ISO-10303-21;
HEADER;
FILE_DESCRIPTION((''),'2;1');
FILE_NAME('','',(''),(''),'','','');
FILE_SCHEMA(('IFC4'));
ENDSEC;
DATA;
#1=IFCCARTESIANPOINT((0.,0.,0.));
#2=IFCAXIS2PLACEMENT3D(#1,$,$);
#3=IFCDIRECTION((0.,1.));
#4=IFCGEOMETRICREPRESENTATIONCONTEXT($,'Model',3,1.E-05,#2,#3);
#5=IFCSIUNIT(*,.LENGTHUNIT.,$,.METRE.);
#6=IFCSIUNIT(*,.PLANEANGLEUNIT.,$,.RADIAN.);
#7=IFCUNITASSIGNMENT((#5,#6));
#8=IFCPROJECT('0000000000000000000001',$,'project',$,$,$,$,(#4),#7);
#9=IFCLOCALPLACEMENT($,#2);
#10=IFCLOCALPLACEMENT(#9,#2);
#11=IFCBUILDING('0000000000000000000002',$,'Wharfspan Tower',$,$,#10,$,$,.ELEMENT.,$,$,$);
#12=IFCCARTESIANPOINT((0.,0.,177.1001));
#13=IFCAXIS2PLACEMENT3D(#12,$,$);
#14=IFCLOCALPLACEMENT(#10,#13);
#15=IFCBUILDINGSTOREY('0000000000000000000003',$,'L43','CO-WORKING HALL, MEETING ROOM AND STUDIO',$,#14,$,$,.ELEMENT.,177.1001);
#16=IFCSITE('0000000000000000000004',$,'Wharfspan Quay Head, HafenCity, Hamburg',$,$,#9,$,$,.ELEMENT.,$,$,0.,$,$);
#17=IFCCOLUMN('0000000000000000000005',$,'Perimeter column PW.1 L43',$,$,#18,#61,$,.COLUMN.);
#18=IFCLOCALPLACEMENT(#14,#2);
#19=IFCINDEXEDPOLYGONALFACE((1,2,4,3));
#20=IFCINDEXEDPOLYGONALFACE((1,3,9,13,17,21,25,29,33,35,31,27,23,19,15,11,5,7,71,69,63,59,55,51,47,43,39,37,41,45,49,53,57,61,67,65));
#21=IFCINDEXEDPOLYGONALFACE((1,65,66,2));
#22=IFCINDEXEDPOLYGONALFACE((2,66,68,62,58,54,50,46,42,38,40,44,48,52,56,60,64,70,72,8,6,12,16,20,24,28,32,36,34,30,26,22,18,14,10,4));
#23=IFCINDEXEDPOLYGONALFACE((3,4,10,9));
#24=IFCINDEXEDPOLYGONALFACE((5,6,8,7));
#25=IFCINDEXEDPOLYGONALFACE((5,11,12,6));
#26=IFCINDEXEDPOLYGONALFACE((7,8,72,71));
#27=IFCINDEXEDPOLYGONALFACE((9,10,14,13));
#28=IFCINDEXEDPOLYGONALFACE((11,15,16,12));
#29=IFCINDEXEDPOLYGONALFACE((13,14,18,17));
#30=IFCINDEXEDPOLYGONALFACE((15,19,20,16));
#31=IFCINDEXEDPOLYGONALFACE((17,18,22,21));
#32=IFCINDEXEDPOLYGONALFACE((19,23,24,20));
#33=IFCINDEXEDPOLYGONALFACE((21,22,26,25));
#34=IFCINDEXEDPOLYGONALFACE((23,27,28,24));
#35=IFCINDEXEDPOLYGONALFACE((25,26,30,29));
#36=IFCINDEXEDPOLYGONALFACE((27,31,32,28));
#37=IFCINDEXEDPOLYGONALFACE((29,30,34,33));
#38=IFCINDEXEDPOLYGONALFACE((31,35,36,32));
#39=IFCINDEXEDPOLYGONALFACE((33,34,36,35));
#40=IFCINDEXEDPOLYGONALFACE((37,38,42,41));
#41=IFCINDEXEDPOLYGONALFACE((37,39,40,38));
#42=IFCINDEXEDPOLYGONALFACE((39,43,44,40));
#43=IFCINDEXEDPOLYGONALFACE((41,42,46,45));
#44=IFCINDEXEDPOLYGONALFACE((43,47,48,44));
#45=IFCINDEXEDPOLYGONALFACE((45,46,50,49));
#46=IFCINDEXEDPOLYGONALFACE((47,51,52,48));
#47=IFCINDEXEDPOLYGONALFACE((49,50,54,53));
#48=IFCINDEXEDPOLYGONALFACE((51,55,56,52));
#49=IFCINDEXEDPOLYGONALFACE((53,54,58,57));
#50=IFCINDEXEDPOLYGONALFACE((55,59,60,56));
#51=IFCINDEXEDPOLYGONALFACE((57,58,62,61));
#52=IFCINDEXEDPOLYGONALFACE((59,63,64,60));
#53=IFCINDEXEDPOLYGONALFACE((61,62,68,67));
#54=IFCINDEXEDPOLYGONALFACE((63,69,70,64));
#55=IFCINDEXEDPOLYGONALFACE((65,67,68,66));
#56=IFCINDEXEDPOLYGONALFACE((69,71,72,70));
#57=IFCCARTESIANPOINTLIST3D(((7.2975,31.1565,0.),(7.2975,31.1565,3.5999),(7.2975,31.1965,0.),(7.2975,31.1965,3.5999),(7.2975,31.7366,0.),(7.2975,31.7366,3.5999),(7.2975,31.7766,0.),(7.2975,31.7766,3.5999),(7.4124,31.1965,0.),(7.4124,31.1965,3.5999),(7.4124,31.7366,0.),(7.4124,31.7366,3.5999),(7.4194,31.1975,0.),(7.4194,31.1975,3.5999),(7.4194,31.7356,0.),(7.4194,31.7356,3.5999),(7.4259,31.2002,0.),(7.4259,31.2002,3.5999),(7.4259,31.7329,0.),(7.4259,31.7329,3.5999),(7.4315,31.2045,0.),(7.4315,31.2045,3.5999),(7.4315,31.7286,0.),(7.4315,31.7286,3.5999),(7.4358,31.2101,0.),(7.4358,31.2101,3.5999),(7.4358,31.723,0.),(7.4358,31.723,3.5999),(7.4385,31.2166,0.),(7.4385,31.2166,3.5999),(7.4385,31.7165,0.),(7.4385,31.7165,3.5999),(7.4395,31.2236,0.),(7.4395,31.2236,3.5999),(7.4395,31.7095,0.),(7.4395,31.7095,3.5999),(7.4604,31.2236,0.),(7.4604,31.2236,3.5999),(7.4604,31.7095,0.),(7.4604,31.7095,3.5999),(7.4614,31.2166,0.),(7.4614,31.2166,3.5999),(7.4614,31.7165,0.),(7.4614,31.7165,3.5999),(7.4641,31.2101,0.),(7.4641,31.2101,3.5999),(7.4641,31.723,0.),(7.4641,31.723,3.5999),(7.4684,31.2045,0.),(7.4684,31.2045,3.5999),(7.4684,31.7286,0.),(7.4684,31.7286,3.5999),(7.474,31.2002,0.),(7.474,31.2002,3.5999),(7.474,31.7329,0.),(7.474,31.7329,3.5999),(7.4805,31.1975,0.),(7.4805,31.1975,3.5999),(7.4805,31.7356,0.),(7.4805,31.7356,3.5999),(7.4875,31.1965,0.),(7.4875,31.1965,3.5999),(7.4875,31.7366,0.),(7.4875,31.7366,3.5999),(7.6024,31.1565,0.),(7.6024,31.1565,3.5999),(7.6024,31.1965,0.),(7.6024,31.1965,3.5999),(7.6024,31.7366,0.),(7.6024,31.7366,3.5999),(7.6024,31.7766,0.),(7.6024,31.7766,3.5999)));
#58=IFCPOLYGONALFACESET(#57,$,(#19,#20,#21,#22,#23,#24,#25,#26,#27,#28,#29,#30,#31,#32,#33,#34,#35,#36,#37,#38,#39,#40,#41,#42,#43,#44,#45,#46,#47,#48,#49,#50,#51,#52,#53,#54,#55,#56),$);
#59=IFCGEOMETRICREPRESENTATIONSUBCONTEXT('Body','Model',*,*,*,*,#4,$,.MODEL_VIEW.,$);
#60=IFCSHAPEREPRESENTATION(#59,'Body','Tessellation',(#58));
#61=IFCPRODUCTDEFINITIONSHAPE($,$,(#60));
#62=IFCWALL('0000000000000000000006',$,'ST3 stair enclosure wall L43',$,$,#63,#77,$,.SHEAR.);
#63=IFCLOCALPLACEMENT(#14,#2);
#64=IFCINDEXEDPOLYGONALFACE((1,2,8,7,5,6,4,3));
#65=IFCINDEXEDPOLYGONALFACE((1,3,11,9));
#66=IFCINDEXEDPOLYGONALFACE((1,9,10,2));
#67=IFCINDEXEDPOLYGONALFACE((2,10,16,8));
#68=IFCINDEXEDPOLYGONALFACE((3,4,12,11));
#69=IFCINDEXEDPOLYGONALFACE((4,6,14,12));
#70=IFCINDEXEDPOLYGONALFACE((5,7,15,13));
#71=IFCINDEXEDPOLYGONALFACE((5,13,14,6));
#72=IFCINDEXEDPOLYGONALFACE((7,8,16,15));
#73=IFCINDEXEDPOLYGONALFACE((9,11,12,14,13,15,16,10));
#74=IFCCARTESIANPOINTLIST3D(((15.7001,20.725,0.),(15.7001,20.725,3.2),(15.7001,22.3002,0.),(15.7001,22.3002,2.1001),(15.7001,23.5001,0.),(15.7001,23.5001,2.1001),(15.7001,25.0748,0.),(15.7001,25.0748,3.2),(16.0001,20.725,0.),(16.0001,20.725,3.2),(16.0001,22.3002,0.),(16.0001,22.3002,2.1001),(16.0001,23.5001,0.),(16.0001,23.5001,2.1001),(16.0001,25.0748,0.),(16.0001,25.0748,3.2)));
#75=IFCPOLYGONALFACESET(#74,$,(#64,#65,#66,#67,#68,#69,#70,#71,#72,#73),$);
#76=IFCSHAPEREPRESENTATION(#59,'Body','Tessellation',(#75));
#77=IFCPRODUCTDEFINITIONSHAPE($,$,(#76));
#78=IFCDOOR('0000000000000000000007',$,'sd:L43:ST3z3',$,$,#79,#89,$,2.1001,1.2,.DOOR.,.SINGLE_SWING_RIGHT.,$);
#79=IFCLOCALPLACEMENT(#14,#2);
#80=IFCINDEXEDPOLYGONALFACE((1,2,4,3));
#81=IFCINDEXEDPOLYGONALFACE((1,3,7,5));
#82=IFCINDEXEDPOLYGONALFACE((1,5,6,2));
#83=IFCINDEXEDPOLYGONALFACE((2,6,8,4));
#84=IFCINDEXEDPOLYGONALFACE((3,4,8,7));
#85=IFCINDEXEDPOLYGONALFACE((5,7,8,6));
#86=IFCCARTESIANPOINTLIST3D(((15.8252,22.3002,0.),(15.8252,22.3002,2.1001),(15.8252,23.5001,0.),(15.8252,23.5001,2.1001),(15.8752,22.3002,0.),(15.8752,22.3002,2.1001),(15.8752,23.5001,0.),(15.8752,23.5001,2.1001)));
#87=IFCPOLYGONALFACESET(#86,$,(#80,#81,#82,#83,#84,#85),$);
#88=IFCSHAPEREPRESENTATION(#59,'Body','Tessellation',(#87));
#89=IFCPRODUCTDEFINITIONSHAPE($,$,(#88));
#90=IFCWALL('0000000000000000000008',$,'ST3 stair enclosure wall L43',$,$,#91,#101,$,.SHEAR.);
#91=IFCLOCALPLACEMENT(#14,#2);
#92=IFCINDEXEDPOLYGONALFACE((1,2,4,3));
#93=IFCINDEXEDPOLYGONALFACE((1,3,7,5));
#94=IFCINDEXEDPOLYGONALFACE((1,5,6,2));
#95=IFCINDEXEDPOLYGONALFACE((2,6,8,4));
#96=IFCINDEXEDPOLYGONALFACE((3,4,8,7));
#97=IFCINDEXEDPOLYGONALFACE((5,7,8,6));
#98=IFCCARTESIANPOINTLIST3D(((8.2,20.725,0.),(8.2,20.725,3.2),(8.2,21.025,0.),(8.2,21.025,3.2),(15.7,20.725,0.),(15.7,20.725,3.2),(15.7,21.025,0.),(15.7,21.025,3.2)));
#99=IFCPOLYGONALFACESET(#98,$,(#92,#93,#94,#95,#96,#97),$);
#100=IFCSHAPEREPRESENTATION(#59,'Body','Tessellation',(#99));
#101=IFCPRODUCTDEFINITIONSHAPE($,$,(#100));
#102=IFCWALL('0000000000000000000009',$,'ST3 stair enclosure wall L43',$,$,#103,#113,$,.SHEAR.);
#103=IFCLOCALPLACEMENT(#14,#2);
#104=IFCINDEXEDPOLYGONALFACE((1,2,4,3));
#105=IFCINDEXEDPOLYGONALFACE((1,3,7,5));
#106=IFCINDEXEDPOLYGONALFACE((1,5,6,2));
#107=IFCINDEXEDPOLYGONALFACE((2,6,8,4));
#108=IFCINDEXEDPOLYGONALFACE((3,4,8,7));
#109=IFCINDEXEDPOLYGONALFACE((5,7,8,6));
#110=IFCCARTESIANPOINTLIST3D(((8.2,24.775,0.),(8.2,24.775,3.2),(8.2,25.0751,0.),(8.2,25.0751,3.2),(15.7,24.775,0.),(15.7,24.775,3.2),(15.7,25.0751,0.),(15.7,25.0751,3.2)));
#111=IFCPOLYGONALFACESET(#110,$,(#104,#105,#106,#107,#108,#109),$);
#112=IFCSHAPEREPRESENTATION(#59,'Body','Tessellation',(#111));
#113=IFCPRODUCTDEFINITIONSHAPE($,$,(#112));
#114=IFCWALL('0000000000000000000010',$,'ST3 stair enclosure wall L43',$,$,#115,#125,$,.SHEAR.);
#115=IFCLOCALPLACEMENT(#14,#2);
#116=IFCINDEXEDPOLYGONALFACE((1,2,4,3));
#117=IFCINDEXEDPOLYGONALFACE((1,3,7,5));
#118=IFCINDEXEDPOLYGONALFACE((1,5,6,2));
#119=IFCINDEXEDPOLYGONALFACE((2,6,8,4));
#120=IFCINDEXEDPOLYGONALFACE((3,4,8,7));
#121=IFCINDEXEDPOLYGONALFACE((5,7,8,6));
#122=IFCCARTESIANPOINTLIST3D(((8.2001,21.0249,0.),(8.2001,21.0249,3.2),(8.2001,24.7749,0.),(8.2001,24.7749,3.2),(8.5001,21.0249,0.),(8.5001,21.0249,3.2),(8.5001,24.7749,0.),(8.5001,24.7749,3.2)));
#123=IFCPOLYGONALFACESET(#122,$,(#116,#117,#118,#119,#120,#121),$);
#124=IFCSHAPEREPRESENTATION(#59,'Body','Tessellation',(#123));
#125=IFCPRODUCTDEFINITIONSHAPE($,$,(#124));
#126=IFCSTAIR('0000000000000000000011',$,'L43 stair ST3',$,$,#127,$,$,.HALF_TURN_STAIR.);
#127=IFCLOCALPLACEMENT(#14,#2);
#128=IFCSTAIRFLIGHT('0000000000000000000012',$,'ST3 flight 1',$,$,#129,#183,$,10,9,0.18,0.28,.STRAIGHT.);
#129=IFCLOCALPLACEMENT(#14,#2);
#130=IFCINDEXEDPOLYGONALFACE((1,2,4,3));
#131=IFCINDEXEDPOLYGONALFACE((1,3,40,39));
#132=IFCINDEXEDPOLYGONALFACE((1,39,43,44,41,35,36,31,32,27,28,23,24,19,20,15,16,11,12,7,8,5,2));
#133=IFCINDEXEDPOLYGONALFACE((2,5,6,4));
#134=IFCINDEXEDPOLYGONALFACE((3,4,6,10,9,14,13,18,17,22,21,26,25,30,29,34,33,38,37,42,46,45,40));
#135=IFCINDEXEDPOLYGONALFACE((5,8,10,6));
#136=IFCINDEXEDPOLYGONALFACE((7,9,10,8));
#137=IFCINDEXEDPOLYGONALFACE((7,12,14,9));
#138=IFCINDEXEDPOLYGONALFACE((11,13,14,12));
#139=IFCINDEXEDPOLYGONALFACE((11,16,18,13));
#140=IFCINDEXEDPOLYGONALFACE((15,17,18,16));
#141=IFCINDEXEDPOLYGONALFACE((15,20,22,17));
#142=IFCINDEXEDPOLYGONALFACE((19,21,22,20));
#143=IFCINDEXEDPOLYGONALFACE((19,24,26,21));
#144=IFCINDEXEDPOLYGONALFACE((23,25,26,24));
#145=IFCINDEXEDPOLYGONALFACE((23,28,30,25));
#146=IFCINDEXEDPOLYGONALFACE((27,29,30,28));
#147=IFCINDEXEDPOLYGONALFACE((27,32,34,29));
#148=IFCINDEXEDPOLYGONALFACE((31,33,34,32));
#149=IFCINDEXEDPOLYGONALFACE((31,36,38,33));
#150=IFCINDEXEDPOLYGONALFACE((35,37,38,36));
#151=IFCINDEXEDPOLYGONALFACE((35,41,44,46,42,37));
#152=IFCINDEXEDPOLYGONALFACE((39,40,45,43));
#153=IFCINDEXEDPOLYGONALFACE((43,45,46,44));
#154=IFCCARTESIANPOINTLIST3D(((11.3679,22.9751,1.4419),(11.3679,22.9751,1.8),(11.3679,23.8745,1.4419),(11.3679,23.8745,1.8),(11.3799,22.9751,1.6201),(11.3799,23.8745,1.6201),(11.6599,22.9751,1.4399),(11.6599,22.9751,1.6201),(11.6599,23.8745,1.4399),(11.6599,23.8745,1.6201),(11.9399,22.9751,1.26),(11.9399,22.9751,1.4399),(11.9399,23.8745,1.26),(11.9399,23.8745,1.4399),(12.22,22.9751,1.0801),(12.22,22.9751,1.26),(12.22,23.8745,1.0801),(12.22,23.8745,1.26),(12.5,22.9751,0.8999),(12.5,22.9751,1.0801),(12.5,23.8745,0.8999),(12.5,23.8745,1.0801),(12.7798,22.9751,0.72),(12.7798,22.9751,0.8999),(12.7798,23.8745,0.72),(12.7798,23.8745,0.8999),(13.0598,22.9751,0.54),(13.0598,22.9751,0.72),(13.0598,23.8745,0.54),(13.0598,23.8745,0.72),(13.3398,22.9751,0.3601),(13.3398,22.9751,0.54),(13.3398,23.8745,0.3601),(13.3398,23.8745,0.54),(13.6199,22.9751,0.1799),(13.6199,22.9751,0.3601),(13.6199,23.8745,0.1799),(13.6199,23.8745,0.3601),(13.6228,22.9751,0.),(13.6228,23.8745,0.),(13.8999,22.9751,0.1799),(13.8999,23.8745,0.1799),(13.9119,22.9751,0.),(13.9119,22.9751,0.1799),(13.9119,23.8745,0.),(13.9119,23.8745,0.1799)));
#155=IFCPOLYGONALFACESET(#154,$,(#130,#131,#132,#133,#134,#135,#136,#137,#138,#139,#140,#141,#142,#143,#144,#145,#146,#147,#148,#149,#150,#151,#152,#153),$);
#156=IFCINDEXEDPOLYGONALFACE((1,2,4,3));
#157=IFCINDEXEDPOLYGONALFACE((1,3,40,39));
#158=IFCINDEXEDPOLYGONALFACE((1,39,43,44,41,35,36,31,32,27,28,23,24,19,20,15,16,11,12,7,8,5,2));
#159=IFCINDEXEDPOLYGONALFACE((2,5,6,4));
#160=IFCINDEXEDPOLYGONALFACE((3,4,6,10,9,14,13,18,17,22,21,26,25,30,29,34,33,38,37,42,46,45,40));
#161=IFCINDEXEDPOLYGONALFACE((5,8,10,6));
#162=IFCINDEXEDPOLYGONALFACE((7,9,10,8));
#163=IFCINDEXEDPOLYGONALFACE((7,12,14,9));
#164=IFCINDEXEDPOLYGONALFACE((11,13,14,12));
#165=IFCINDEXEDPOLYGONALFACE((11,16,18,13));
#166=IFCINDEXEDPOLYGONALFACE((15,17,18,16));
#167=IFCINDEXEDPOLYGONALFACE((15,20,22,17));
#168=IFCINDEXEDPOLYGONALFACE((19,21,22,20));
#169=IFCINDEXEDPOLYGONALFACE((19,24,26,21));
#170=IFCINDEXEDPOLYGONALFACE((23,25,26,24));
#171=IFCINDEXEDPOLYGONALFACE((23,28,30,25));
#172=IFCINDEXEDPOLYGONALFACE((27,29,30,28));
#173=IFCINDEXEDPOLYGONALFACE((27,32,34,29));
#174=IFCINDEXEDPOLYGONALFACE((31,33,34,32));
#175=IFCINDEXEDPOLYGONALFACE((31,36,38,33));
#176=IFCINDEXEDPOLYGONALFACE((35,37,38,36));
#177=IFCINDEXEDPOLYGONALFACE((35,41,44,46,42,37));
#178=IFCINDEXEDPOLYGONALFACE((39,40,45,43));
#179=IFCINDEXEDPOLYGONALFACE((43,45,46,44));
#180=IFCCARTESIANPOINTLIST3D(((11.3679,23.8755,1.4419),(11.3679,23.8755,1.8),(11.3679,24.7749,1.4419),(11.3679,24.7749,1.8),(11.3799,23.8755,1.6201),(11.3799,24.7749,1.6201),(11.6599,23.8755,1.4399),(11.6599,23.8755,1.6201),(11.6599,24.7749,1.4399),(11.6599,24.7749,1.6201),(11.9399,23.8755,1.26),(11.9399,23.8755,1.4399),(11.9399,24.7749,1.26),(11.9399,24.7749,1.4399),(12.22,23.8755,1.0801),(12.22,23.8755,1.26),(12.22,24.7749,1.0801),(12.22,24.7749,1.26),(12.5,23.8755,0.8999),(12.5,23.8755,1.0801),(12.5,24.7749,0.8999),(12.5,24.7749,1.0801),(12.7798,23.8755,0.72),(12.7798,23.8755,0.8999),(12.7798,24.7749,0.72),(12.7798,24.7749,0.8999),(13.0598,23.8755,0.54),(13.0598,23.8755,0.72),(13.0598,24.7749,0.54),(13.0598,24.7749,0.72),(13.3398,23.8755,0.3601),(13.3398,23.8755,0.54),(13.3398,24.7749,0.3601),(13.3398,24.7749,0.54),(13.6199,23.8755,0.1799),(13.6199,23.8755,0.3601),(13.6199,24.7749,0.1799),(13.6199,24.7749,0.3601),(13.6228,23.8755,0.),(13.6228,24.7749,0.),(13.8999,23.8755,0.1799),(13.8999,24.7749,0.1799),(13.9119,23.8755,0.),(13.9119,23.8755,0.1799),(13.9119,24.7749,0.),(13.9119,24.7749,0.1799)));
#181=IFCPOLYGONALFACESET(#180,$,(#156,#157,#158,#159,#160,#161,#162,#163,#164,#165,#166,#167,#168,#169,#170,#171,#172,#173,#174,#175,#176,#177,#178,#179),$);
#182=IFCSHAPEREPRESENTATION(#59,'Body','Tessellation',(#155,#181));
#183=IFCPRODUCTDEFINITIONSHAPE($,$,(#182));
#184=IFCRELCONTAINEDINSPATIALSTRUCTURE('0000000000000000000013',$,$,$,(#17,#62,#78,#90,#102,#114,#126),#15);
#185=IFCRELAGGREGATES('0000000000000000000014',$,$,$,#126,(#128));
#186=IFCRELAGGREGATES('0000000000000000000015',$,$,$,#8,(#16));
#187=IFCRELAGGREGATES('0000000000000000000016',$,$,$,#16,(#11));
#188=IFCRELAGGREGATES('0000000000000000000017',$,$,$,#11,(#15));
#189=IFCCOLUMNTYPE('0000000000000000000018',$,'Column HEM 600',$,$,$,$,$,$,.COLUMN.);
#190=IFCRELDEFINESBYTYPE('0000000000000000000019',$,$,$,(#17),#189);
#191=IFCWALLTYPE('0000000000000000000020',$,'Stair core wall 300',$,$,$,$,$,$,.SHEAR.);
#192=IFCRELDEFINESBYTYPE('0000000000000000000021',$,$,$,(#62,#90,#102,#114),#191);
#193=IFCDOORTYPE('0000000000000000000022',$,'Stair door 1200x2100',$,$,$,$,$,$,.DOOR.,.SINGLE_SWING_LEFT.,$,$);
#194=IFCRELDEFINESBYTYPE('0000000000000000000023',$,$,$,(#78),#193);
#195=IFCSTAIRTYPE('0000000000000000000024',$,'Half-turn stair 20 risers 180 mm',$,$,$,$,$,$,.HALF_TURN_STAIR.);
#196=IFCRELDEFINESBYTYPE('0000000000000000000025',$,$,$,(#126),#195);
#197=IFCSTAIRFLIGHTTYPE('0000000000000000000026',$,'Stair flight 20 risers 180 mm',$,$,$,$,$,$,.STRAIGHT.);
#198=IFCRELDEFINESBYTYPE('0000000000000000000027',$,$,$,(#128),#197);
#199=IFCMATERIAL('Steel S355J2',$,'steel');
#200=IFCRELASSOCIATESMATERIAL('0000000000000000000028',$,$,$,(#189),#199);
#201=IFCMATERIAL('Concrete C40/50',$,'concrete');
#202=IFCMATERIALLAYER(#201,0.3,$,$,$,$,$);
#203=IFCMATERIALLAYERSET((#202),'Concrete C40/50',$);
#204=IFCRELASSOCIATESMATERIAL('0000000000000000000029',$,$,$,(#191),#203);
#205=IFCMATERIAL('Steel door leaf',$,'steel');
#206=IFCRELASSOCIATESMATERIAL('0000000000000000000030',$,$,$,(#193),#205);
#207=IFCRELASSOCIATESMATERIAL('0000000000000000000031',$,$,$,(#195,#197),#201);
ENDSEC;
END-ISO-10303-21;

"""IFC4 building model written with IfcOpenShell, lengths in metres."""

from ifc_helpers import new_model, si_unit, direction, frame, frame_2d, origin, origin_2d, place, context, subcontext, project, spatial, polyline, rectangle, i_section, outline, extrude, material, layer, layer_set, material_profile, profile_set, type_object, element, fill, aggregate, save


model = new_model("IFC4")

# Units and contexts
model_context = context("Model", 3, precision=1e-05, world=origin(), true_north=direction((0.0, 1.0)))
body_context = subcontext(model_context, "Body", "Model", "MODEL_VIEW")
ifc_project = project(units=[si_unit("LENGTHUNIT", "METRE"), si_unit("PLANEANGLEUNIT", "RADIAN")], contexts=[model_context])

# Site, building, storey
site_placement = place(None, origin())
site = spatial("IfcSite", under=ifc_project, at=site_placement, Name="Wharfspan Quay Head, HafenCity, Hamburg", CompositionType="ELEMENT", RefElevation=0.0)
building_placement = place(site_placement, origin())
building = spatial("IfcBuilding", under=site, at=building_placement, Name="Wharfspan Tower", CompositionType="ELEMENT")
storey_placement = place(building_placement, frame((0.0, 0.0, 177.1001)))
storey = spatial("IfcBuildingStorey", under=building, at=storey_placement, Name="L43", Description="CO-WORKING HALL, MEETING ROOM AND STUDIO", CompositionType="ELEMENT", Elevation=177.1001)

# Column
ifc_material_1 = material(Name="Steel S355J2", Category="steel")
ifc_material_profile = material_profile(ifc_material_1, i_section(OverallWidth=0.3049, OverallDepth=0.6201, WebThickness=0.021, FlangeThickness=0.04, FilletRadius=0.0271, at=origin_2d()))
ifc_profile_set = profile_set([ifc_material_profile], Name="Steel S355J2")
column_type = type_object("IfcColumnType", Name="Column HEM 600", PredefinedType="COLUMN", material=ifc_profile_set)
column_placement = place(storey_placement, frame((7.45, 31.4666, 0.0), z_axis=(0.0, 0.0, 1.0), x_axis=(-1.0, 0.0, 0.0)))
element("IfcColumn", 1, at=column_placement, inside=storey, type_object=column_type, Name="Perimeter column PW.1 L43", PredefinedType="COLUMN", context=body_context, shape_type="SweptSolid", body=[
    extrude(i_section(OverallWidth=0.3049, OverallDepth=0.6201, WebThickness=0.021, FlangeThickness=0.04, FilletRadius=0.0271, at=origin_2d()), origin(), (0.0, 0.0, 1.0), 3.5999),
])

# Wall, opening, door
ifc_material_2 = material(Name="Concrete C40/50", Category="concrete")
ifc_layer = layer(ifc_material_2, 0.3)
ifc_layer_set = layer_set([ifc_layer], Name="Concrete C40/50")
wall_type = type_object("IfcWallType", Name="Stair core wall 300", PredefinedType="SHEAR", material=ifc_layer_set)
wall_1_placement = place(storey_placement, frame((15.8501, 20.7251, 0.0), z_axis=(0.0, 0.0, 1.0), x_axis=(0.0, 1.0, 0.0)))
wall_1 = element("IfcWall", 2, at=wall_1_placement, inside=storey, type_object=wall_type, Name="ST3 stair enclosure wall L43", PredefinedType="SHEAR", context=body_context, shape_type="SweptSolid", body=[
    extrude(rectangle(XDim=4.3499, YDim=0.3, at=frame_2d((2.1748, 0.0))), origin(), (0.0, 0.0, 1.0), 3.2),
])
opening_placement = place(wall_1_placement, frame((1.575, 0.0, 0.0)))
opening = element("IfcOpeningElement", 3, at=opening_placement, cuts=wall_1, PredefinedType="OPENING", context=body_context, shape_type="SweptSolid", body=[
    extrude(rectangle(XDim=1.2, YDim=2.1001, at=frame_2d((0.6001, 1.05))), frame((0.0, 0.1599, 0.0), z_axis=(0.0, -1.0, 0.0), x_axis=(1.0, 0.0, 0.0)), (0.0, 0.0, 1.0), 0.3201),
])
ifc_material_3 = material(Name="Steel door leaf", Category="steel")
door_type = type_object("IfcDoorType", Name="Stair door 1200x2100", OperationType="SINGLE_SWING_LEFT", PredefinedType="DOOR", material=ifc_material_3)
door_placement = place(opening_placement, origin())
door = element("IfcDoor", 4, at=door_placement, inside=storey, type_object=door_type, Name="sd:L43:ST3z3", OperationType="SINGLE_SWING_RIGHT", OverallHeight=2.1001, OverallWidth=1.2, PredefinedType="DOOR", context=body_context, shape_type="SweptSolid", body=[
    extrude(rectangle(XDim=1.2, YDim=2.1001, at=frame_2d((0.6001, 1.05))), frame((0.0, 0.0249, 0.0), z_axis=(0.0, -1.0, 0.0), x_axis=(1.0, 0.0, 0.0)), (0.0, 0.0, 1.0), 0.05),
])
fill(opening, door)

# Walls
for number, where, z_axis, x_axis, name in (
    (5, (8.2, 20.875, 0.0), (0.0, 0.0, 1.0), (1.0, 0.0, 0.0), "ST3 stair enclosure wall L43"),
    (6, (8.2, 24.925, 0.0), (0.0, 0.0, 1.0), (1.0, 0.0, 0.0), "ST3 stair enclosure wall L43"),
):
    element("IfcWall", number, at=place(storey_placement, frame(where, z_axis=z_axis, x_axis=x_axis)), inside=storey, type_object=wall_type, Name=name, PredefinedType="SHEAR", context=body_context, shape_type="SweptSolid", body=[
        extrude(rectangle(XDim=7.5, YDim=0.3, at=frame_2d((3.75, 0.0))), origin(), (0.0, 0.0, 1.0), 3.2),
    ])
wall_2_placement = place(storey_placement, frame((8.3501, 21.0249, 0.0), z_axis=(0.0, 0.0, 1.0), x_axis=(0.0, 1.0, 0.0)))
element("IfcWall", 7, at=wall_2_placement, inside=storey, type_object=wall_type, Name="ST3 stair enclosure wall L43", PredefinedType="SHEAR", context=body_context, shape_type="SweptSolid", body=[
    extrude(rectangle(XDim=3.75, YDim=0.3, at=frame_2d((1.875, 0.0))), origin(), (0.0, 0.0, 1.0), 3.2),
])

# Stair, stair flight
stair_type = type_object("IfcStairType", Name="Half-turn stair 20 risers 180 mm", PredefinedType="HALF_TURN_STAIR", material=ifc_material_2)
stair_placement = place(storey_placement, origin())
stair = element("IfcStair", 8, at=stair_placement, inside=storey, type_object=stair_type, Name="L43 stair ST3", PredefinedType="HALF_TURN_STAIR")
stair_flight_type = type_object("IfcStairFlightType", Name="Stair flight 20 risers 180 mm", PredefinedType="STRAIGHT", material=ifc_material_2)
stair_flight_1_placement = place(storey_placement, frame((13.8999, 23.875, 0.0), z_axis=(0.0, 0.0, 1.0), x_axis=(-1.0, 0.0, 0.0)))
stair_flight_1 = element("IfcStairFlight", 9, at=stair_flight_1_placement, type_object=stair_flight_type, Name="ST3 flight 1", NumberOfRisers=10, NumberOfTreads=9, PredefinedType="STRAIGHT", RiserHeight=0.18, TreadLength=0.28, context=body_context, shape_type="SweptSolid", body=[
    extrude(outline(polyline([(-0.012, 0.0), (-0.012, 0.1799), (0.0, 0.1799), (0.28, 0.1799), (0.28, 0.3601), (0.5601, 0.3601), (0.5601, 0.54), (0.8401, 0.54), (0.8401, 0.72), (1.1201, 0.72), (1.1201, 0.8999), (1.3999, 0.8999), (1.3999, 1.0801), (1.6799, 1.0801), (1.6799, 1.26), (1.96, 1.26), (1.96, 1.4399), (2.24, 1.4399), (2.24, 1.6201), (2.52, 1.6201), (2.532, 1.8), (2.532, 1.4419), (0.2771, 0.0), (-0.012, 0.0)])), frame((0.0, 0.8999, 0.0), z_axis=(0.0, -1.0, 0.0), x_axis=(1.0, 0.0, 0.0)), (0.0, 0.0, 1.0), 0.8994),
    extrude(outline(polyline([(-0.012, 0.0), (-0.012, 0.1799), (0.0, 0.1799), (0.28, 0.1799), (0.28, 0.3601), (0.5601, 0.3601), (0.5601, 0.54), (0.8401, 0.54), (0.8401, 0.72), (1.1201, 0.72), (1.1201, 0.8999), (1.3999, 0.8999), (1.3999, 1.0801), (1.6799, 1.0801), (1.6799, 1.26), (1.96, 1.26), (1.96, 1.4399), (2.24, 1.4399), (2.24, 1.6201), (2.52, 1.6201), (2.532, 1.8), (2.532, 1.4419), (0.2771, 0.0), (-0.012, 0.0)])), frame((0.0, -0.0005, 0.0), z_axis=(0.0, -1.0, 0.0), x_axis=(1.0, 0.0, 0.0)), (0.0, 0.0, 1.0), 0.8994),
])
aggregate(stair, [stair_flight_1])

save(model, "model.ifc")
